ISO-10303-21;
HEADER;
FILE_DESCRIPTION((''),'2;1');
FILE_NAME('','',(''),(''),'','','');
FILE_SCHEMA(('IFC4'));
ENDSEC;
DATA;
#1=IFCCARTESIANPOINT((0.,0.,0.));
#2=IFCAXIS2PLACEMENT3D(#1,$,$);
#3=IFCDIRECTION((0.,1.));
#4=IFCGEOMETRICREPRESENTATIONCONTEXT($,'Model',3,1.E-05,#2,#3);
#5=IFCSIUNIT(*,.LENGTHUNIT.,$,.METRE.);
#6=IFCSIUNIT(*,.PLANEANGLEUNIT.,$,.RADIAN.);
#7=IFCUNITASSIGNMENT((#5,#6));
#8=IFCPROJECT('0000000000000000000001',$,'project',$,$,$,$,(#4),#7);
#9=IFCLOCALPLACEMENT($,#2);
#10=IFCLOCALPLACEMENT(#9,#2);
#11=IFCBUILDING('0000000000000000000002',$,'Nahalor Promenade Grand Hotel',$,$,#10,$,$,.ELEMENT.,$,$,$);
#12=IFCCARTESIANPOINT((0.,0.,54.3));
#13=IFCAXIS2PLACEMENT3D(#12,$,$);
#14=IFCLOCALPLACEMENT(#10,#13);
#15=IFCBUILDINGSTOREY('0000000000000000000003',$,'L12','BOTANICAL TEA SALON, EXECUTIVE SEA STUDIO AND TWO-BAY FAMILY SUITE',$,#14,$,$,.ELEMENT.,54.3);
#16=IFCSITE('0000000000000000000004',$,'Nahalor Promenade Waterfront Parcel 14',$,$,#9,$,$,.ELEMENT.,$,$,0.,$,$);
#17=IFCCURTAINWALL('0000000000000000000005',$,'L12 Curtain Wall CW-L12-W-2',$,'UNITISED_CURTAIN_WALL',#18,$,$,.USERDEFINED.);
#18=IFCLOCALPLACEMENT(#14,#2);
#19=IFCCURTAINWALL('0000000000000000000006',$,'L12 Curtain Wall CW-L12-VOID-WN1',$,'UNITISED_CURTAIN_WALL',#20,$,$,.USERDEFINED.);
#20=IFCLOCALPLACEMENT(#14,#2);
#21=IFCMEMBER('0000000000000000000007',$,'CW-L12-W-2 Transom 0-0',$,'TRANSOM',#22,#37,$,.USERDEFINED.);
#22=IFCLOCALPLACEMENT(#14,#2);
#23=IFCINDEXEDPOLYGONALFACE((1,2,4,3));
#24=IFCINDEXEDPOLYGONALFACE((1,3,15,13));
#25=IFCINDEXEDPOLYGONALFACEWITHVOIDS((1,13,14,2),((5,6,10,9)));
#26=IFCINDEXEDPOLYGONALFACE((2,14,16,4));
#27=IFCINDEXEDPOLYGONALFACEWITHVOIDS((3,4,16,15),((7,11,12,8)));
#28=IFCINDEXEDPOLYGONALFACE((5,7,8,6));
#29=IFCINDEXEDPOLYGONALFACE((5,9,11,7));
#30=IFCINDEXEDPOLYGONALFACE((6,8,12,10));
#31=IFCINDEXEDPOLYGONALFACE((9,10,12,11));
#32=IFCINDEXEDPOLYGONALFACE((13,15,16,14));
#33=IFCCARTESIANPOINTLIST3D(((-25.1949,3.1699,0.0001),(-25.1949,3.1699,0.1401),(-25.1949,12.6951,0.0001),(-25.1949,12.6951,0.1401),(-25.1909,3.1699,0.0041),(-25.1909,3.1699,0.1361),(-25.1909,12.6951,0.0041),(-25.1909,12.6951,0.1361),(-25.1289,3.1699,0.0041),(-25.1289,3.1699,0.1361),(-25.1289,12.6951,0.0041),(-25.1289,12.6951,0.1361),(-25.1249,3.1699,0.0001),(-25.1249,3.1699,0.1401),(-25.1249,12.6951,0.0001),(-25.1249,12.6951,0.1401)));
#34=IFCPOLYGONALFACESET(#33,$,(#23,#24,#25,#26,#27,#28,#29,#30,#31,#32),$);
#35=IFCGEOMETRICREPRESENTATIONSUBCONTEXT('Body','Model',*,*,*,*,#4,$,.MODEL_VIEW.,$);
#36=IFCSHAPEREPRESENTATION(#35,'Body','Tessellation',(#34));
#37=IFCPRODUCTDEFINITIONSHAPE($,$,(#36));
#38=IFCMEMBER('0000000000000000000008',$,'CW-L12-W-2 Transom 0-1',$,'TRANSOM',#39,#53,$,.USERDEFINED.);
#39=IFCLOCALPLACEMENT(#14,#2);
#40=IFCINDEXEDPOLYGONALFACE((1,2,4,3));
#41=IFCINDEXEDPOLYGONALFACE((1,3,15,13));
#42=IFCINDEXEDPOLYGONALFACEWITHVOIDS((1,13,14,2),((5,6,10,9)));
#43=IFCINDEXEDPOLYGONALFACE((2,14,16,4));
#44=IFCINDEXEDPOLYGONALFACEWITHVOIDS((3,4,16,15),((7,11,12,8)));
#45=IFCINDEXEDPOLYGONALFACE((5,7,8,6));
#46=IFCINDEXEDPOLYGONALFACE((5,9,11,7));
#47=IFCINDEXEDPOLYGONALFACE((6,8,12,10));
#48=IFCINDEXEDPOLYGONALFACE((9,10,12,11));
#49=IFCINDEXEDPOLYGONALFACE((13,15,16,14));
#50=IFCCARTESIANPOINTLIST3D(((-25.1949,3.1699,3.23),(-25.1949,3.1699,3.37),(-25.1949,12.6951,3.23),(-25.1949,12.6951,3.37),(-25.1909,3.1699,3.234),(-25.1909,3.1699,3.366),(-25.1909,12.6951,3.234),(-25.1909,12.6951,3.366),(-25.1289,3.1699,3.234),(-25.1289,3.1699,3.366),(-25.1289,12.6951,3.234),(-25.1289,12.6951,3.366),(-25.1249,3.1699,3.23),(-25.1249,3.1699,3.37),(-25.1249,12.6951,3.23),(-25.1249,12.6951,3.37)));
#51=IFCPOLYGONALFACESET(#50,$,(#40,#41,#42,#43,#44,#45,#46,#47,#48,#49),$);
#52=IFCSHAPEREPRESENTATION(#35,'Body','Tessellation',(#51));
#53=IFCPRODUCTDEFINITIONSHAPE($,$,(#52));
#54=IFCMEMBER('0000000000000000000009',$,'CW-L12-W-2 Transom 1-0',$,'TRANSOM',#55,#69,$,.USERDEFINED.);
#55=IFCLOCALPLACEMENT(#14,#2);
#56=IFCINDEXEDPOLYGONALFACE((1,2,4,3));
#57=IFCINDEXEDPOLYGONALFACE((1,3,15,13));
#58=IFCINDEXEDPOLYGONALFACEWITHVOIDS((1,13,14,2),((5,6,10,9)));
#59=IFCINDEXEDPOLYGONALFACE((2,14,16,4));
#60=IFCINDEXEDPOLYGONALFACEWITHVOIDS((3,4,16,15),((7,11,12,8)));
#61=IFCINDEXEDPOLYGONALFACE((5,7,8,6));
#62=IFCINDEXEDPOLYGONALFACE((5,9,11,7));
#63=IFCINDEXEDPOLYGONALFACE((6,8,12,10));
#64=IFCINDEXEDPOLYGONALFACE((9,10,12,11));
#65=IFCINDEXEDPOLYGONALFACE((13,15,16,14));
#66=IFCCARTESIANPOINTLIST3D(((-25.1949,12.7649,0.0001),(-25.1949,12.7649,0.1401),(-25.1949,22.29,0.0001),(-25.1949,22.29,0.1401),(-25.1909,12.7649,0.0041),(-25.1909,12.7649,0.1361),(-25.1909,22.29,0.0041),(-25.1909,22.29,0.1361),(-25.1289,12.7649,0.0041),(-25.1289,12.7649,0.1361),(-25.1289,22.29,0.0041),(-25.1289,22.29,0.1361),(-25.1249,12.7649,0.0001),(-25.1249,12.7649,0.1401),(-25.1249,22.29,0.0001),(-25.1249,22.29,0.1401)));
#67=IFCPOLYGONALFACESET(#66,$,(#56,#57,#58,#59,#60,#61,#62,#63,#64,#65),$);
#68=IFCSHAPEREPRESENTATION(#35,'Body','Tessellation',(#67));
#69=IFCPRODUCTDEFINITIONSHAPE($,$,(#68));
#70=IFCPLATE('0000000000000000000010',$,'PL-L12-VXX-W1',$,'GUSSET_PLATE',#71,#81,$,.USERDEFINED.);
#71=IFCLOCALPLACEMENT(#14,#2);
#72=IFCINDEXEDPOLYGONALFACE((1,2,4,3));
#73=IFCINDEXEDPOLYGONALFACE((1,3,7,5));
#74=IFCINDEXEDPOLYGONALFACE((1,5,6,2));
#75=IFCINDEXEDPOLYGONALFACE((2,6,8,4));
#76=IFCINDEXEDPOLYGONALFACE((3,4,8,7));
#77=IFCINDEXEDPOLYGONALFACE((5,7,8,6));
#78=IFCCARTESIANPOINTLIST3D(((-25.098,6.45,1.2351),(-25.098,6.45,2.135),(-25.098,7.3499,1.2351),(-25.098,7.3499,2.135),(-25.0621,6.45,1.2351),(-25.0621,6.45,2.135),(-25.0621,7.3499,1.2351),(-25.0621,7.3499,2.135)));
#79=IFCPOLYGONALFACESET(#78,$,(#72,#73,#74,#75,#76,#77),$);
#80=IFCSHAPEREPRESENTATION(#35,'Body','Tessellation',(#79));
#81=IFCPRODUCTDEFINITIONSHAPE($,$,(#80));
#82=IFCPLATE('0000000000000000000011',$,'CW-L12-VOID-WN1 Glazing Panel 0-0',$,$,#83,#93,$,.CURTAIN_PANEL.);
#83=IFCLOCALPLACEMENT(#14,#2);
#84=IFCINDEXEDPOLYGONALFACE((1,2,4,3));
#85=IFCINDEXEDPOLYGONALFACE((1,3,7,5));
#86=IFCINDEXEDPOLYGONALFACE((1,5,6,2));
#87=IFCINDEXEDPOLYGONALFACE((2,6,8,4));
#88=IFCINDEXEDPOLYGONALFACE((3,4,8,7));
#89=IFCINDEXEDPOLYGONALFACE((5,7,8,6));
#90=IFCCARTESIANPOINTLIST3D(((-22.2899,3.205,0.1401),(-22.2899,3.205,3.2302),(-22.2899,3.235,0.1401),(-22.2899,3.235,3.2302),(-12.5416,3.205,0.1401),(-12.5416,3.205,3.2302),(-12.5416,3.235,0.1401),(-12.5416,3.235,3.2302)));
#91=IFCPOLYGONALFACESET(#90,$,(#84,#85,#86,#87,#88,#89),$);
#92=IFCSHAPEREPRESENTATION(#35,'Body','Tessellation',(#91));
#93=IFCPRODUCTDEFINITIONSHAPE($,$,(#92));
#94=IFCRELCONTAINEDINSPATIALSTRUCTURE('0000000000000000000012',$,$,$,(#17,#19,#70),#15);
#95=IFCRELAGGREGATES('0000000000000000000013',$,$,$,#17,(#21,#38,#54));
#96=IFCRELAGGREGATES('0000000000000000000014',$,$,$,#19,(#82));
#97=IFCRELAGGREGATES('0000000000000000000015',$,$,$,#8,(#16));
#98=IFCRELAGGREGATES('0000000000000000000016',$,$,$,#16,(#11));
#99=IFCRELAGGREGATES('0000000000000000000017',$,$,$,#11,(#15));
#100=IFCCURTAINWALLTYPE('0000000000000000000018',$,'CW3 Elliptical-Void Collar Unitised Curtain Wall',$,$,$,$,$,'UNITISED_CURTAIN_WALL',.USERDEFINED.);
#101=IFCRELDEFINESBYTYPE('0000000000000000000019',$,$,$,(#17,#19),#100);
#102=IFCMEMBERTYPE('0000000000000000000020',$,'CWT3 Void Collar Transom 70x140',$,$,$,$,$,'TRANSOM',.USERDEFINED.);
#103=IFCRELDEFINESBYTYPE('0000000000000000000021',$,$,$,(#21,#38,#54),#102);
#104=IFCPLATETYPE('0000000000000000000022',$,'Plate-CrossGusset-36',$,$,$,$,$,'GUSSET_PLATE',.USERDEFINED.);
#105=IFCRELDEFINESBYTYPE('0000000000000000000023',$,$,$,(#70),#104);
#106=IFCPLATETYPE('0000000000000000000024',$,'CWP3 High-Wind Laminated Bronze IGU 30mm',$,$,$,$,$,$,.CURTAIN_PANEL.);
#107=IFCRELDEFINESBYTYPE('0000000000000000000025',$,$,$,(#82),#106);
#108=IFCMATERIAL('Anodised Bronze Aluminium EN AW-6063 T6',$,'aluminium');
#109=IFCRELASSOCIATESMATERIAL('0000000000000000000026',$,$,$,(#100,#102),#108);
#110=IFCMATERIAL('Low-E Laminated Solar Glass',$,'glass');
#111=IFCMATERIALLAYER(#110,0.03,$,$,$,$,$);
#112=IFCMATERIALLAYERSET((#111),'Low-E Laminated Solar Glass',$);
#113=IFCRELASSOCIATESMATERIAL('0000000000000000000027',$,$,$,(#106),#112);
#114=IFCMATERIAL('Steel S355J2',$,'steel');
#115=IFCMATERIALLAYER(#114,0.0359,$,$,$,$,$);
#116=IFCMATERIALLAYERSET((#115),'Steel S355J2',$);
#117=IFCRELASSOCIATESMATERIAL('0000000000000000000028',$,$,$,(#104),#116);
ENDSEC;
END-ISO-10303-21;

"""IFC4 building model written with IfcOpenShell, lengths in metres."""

from ifc_helpers import new_model, si_unit, direction, frame, origin, origin_2d, place, context, subcontext, project, spatial, rectangle, hollow_rectangle, extrude, source, transform, mapped, material, layer, layer_set, material_profile, profile_set, type_object, element, aggregate, save


model = new_model("IFC4")

# Units and contexts
model_context = context("Model", 3, precision=1e-05, world=origin(), true_north=direction((0.0, 1.0)))
body_context = subcontext(model_context, "Body", "Model", "MODEL_VIEW")
ifc_project = project(units=[si_unit("LENGTHUNIT", "METRE"), si_unit("PLANEANGLEUNIT", "RADIAN")], contexts=[model_context])

# Site, building, storey
site_placement = place(None, origin())
site = spatial("IfcSite", under=ifc_project, at=site_placement, Name="Nahalor Promenade Waterfront Parcel 14", CompositionType="ELEMENT", RefElevation=0.0)
building_placement = place(site_placement, origin())
building = spatial("IfcBuilding", under=site, at=building_placement, Name="Nahalor Promenade Grand Hotel", CompositionType="ELEMENT")
storey_placement = place(building_placement, frame((0.0, 0.0, 54.3)))
storey = spatial("IfcBuildingStorey", under=building, at=storey_placement, Name="L12", Description="BOTANICAL TEA SALON, EXECUTIVE SEA STUDIO AND TWO-BAY FAMILY SUITE", CompositionType="ELEMENT", Elevation=54.3)

# Shared definitions
ifc_material_1 = material(Name="Steel S355J2", Category="steel")

# Shared definitions
ifc_material_2 = material(Name="Anodised Bronze Aluminium EN AW-6063 T6", Category="aluminium")
curtain_wall_type = type_object("IfcCurtainWallType", Name="CW3 Elliptical-Void Collar Unitised Curtain Wall", ElementType="UNITISED_CURTAIN_WALL", PredefinedType="USERDEFINED", material=ifc_material_2)

# Curtain walls
curtain_wall_1_placement = place(storey_placement, origin())
curtain_wall_1 = element("IfcCurtainWall", 1, at=curtain_wall_1_placement, inside=storey, type_object=curtain_wall_type, Name="L12 Curtain Wall CW-L12-W-2", ObjectType="UNITISED_CURTAIN_WALL", PredefinedType="USERDEFINED")
curtain_wall_2_placement = place(storey_placement, origin())
curtain_wall_2 = element("IfcCurtainWall", 2, at=curtain_wall_2_placement, inside=storey, type_object=curtain_wall_type, Name="L12 Curtain Wall CW-L12-VOID-WN1", ObjectType="UNITISED_CURTAIN_WALL", PredefinedType="USERDEFINED")
ifc_material_profile_1 = material_profile(ifc_material_2, hollow_rectangle(XDim=0.07, YDim=0.14, WallThickness=0.004, at=origin_2d()), Name="CWT 70x140x4")
ifc_profile_set_1 = profile_set([ifc_material_profile_1], Name="Anodised Bronze Aluminium EN AW-6063 T6")
member_type_1 = type_object("IfcMemberType", Name="CWT3 Void Collar Transom 70x140", ElementType="TRANSOM", PredefinedType="USERDEFINED", material=ifc_profile_set_1)

# Members
shared_shape_1 = source(origin(), body_context, "Body", "SweptSolid", [
    extrude(hollow_rectangle(XDim=0.07, YDim=0.14, WallThickness=0.004, at=origin_2d()), origin(), (0.0, 0.0, 1.0), 9.5251),
])
member_1_placement = place(storey_placement, frame((-25.1599, 3.1699, 0.0701), z_axis=(0.0, 1.0, 0.0), x_axis=(-1.0, 0.0, 0.0)))
member_1 = element("IfcMember", 3, at=member_1_placement, type_object=member_type_1, Name="CW-L12-W-2 Transom 0-0", ObjectType="TRANSOM", PredefinedType="USERDEFINED", context=body_context, shape_type="MappedRepresentation", body=[
    mapped(shared_shape_1, transform((0.0, 0.0, 0.0), scale=1.0)),
])
member_2_placement = place(storey_placement, frame((-25.1599, 3.1699, 3.3), z_axis=(0.0, 1.0, 0.0), x_axis=(-1.0, 0.0, 0.0)))
member_2 = element("IfcMember", 4, at=member_2_placement, type_object=member_type_1, Name="CW-L12-W-2 Transom 0-1", ObjectType="TRANSOM", PredefinedType="USERDEFINED", context=body_context, shape_type="MappedRepresentation", body=[
    mapped(shared_shape_1, transform((0.0, 0.0, 0.0), scale=1.0)),
])
member_3_placement = place(storey_placement, frame((-25.1599, 12.7649, 0.0701), z_axis=(0.0, 1.0, 0.0), x_axis=(-1.0, 0.0, 0.0)))
member_3 = element("IfcMember", 5, at=member_3_placement, type_object=member_type_1, Name="CW-L12-W-2 Transom 1-0", ObjectType="TRANSOM", PredefinedType="USERDEFINED", context=body_context, shape_type="MappedRepresentation", body=[
    mapped(shared_shape_1, transform((0.0, 0.0, 0.0), scale=1.0)),
])

# Plates
ifc_material_3 = material(Name="Low-E Laminated Solar Glass", Category="glass")
ifc_layer_1 = layer(ifc_material_3, 0.03)
ifc_layer_set_1 = layer_set([ifc_layer_1], Name="Low-E Laminated Solar Glass")
plate_type_1 = type_object("IfcPlateType", Name="CWP3 High-Wind Laminated Bronze IGU 30mm", PredefinedType="CURTAIN_PANEL", material=ifc_layer_set_1)
aggregate(curtain_wall_1, [member_1, member_2, member_3])
ifc_layer_2 = layer(ifc_material_1, 0.0359)
ifc_layer_set_2 = layer_set([ifc_layer_2], Name="Steel S355J2")
plate_type_2 = type_object("IfcPlateType", Name="Plate-CrossGusset-36", ElementType="GUSSET_PLATE", PredefinedType="USERDEFINED", material=ifc_layer_set_2)
shared_shape_2 = source(origin(), body_context, "Body", "SweptSolid", [
    extrude(rectangle(XDim=0.8999, YDim=0.0359, at=origin_2d()), origin(), (0.0, 0.0, 1.0), 0.8999),
])
plate_1_placement = place(storey_placement, frame((-25.0801, 6.8999, 1.2351), z_axis=(0.0, 0.0, 1.0), x_axis=(0.0, 1.0, 0.0)))
element("IfcPlate", 6, at=plate_1_placement, inside=storey, type_object=plate_type_2, Name="PL-L12-VXX-W1", ObjectType="GUSSET_PLATE", PredefinedType="USERDEFINED", context=body_context, shape_type="MappedRepresentation", body=[
    mapped(shared_shape_2, transform((0.0, 0.0, 0.0), scale=1.0)),
])
shared_shape_3 = source(origin(), body_context, "Body", "SweptSolid", [
    extrude(rectangle(XDim=9.7483, YDim=0.03, at=origin_2d()), origin(), (0.0, 0.0, 1.0), 3.0901),
])
plate_2_placement = place(storey_placement, frame((-17.4158, 3.22, 0.1401), z_axis=(0.0, 0.0, 1.0), x_axis=(1.0, 0.0, 0.0)))
plate_2 = element("IfcPlate", 7, at=plate_2_placement, type_object=plate_type_1, Name="CW-L12-VOID-WN1 Glazing Panel 0-0", PredefinedType="CURTAIN_PANEL", context=body_context, shape_type="MappedRepresentation", body=[
    mapped(shared_shape_3, transform((0.0, 0.0, 0.0), scale=1.0)),
])
aggregate(curtain_wall_2, [plate_2])

save(model, "model.ifc")
